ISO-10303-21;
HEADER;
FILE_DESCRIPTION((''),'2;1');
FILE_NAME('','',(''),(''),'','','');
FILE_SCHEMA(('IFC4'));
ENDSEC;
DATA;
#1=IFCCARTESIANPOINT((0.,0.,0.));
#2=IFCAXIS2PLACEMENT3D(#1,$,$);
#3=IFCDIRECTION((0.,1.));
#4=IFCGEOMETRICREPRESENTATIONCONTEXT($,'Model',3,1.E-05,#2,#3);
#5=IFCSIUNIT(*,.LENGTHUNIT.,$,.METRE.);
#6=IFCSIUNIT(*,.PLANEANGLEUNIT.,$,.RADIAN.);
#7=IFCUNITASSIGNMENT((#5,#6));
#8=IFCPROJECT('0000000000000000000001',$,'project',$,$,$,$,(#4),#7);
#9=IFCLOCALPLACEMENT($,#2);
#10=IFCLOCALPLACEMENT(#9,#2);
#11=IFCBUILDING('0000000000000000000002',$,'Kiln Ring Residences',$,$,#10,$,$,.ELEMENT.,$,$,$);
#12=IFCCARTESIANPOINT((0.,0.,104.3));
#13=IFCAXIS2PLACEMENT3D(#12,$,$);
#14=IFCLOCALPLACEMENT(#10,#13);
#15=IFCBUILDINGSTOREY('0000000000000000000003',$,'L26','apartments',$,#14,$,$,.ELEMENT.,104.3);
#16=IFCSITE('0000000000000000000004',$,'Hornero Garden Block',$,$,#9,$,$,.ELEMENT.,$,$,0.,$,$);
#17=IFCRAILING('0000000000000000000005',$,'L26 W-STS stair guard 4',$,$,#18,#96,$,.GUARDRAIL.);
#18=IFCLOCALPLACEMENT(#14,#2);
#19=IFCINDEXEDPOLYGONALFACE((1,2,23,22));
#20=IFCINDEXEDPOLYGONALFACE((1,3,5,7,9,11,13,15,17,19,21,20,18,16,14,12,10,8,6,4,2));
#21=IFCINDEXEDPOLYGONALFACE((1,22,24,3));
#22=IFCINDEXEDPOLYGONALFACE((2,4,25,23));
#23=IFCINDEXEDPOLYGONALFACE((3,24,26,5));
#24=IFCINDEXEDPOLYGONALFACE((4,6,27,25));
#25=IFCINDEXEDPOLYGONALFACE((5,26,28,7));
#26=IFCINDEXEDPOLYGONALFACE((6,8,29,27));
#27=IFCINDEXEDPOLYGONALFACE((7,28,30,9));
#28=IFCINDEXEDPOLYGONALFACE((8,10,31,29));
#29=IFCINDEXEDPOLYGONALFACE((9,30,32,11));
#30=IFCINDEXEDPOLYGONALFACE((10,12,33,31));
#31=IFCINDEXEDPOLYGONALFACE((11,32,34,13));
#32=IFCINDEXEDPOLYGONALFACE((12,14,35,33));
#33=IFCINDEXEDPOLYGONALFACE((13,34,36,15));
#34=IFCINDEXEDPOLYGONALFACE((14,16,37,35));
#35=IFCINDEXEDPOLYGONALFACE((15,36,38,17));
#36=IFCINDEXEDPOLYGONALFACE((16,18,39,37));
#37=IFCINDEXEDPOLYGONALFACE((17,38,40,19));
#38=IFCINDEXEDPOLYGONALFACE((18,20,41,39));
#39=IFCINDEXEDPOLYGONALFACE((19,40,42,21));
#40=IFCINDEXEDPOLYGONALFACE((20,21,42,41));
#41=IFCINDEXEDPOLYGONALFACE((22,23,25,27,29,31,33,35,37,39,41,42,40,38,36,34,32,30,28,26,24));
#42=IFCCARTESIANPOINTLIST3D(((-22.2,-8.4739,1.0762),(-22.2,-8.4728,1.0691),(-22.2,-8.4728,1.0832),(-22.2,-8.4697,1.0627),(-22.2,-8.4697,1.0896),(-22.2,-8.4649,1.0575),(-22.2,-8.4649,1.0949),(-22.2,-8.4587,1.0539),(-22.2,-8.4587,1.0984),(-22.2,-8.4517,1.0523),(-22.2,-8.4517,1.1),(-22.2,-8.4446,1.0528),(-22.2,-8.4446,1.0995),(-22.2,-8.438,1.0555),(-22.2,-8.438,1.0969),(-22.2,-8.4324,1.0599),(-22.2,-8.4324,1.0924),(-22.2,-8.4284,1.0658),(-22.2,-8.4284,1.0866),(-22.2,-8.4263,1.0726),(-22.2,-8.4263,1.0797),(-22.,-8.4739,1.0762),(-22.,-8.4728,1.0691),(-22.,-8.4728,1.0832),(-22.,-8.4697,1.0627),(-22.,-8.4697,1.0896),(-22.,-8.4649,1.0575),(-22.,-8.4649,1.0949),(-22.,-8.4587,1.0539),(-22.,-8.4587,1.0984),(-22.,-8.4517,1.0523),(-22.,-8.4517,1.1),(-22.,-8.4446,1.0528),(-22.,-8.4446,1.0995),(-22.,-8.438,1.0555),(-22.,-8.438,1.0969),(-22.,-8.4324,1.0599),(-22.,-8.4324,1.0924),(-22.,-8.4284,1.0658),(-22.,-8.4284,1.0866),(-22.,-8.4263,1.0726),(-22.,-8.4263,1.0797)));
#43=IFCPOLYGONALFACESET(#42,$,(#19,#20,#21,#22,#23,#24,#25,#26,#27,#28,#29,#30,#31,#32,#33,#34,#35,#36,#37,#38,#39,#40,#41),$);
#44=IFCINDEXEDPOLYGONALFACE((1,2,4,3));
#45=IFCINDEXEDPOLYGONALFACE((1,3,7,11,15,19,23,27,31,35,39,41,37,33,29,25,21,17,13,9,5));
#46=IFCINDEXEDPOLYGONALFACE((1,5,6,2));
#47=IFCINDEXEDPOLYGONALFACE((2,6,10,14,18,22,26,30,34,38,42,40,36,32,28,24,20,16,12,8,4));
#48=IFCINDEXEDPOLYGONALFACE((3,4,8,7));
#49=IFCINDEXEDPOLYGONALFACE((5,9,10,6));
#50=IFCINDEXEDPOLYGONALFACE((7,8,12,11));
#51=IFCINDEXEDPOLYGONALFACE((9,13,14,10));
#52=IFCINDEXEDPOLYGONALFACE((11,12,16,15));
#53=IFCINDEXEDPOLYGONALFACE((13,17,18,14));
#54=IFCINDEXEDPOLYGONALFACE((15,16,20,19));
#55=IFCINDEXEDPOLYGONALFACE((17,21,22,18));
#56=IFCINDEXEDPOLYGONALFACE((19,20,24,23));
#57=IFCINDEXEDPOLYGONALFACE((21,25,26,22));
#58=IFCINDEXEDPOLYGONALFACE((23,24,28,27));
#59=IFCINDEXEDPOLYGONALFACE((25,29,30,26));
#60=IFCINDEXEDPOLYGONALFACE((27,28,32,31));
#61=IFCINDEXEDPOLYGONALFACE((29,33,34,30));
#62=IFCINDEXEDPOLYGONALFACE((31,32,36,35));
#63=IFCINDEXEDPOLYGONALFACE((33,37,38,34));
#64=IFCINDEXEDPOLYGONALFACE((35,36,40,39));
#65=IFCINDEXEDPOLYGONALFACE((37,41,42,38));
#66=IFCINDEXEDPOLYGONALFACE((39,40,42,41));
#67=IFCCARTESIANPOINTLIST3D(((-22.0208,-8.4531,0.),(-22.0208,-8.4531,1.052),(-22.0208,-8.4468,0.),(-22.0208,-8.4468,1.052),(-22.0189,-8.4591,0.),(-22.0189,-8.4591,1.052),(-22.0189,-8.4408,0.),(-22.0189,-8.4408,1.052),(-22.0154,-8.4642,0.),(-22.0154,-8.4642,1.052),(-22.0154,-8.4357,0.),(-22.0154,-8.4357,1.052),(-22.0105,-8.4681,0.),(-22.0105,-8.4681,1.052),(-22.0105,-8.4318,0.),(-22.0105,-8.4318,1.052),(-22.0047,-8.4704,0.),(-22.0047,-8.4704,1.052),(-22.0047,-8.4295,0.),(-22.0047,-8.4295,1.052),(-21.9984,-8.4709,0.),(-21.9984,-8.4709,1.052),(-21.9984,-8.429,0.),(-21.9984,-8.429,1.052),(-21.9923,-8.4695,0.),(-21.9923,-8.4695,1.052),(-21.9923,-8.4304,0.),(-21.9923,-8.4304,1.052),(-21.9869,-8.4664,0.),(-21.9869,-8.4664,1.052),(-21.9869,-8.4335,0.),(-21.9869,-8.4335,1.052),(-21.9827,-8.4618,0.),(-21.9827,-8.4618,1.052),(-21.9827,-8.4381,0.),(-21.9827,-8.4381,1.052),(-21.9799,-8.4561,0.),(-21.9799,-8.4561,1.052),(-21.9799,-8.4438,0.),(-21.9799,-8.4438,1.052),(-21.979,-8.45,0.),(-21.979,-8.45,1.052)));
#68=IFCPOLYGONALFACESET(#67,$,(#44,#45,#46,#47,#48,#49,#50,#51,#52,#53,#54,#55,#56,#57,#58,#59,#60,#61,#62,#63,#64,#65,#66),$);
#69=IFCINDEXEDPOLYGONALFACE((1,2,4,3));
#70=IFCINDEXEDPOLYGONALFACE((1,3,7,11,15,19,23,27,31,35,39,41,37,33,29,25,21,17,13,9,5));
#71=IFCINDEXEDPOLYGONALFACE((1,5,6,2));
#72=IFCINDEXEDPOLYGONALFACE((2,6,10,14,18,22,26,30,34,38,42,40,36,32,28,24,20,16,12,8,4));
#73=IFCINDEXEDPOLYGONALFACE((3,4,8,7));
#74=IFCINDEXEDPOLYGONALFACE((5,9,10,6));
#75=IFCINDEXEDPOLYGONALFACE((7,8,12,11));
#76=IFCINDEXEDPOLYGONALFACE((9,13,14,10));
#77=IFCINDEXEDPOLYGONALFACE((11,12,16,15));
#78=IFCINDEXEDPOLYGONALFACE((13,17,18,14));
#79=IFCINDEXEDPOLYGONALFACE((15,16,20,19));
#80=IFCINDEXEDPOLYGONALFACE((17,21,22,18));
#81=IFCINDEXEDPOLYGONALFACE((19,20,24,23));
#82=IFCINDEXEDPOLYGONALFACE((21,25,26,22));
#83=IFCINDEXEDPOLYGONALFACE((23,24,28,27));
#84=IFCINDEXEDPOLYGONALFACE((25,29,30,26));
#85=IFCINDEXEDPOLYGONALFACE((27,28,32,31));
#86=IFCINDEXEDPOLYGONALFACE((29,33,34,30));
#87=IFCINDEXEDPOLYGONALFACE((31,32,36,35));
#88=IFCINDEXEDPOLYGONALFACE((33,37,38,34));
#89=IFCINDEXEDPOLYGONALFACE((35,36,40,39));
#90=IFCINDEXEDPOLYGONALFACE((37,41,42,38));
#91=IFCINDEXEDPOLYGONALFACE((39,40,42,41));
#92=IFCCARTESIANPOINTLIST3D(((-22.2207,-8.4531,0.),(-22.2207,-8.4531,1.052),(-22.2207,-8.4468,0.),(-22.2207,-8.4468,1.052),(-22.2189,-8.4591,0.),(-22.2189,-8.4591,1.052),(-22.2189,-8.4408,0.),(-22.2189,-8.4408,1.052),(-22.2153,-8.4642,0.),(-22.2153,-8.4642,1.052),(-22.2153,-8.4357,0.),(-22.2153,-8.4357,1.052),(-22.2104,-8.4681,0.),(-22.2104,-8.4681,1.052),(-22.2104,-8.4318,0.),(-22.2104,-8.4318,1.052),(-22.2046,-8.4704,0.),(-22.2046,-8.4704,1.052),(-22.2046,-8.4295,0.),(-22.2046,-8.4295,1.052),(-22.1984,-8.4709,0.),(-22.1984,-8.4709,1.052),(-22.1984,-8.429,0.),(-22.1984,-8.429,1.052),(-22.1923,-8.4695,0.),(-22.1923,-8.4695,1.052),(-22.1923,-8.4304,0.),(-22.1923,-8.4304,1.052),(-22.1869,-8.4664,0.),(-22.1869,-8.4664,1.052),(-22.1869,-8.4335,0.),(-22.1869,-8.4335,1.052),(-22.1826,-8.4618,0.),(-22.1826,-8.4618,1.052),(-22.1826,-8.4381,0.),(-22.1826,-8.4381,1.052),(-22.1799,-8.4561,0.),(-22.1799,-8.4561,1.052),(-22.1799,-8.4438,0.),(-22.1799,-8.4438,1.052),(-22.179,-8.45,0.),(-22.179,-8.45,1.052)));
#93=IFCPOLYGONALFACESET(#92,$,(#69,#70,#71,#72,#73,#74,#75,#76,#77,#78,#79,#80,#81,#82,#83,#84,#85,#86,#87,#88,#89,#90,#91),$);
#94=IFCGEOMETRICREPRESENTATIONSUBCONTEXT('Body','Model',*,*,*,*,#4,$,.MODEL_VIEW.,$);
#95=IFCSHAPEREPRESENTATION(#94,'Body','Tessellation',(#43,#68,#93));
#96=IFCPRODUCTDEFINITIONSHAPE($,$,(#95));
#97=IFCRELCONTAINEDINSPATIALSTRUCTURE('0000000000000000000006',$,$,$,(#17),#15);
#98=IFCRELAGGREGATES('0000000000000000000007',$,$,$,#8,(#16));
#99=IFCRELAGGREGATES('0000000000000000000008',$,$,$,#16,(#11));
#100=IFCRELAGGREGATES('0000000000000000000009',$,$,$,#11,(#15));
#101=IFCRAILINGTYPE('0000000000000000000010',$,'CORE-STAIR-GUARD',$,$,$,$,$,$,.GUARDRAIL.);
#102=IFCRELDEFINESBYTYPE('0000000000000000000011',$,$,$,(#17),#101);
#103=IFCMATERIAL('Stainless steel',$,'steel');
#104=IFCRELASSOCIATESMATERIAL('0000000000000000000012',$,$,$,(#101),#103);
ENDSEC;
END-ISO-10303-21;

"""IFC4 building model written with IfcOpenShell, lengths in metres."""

from ifc_helpers import new_model, si_unit, direction, frame, origin, origin_2d, place, context, subcontext, project, spatial, circle, extrude, material, type_object, element, save


model = new_model("IFC4")

# Units and contexts
model_context = context("Model", 3, precision=1e-05, world=origin(), true_north=direction((0.0, 1.0)))
body_context = subcontext(model_context, "Body", "Model", "MODEL_VIEW")
ifc_project = project(units=[si_unit("LENGTHUNIT", "METRE"), si_unit("PLANEANGLEUNIT", "RADIAN")], contexts=[model_context])

# Site, building, storey
site_placement = place(None, origin())
site = spatial("IfcSite", under=ifc_project, at=site_placement, Name="Hornero Garden Block", CompositionType="ELEMENT", RefElevation=0.0)
building_placement = place(site_placement, origin())
building = spatial("IfcBuilding", under=site, at=building_placement, Name="Kiln Ring Residences", CompositionType="ELEMENT")
storey_placement = place(building_placement, frame((0.0, 0.0, 104.3)))
storey = spatial("IfcBuildingStorey", under=building, at=storey_placement, Name="L26", Description="apartments", CompositionType="ELEMENT", Elevation=104.3)

# Railing
ifc_material_1 = material(Name="Stainless steel", Category="steel")
railing_type_1 = type_object("IfcRailingType", Name="CORE-STAIR-GUARD", PredefinedType="GUARDRAIL", material=ifc_material_1)
railing_1_placement = place(storey_placement, frame((-22.0, -8.45, 0.0)))
element("IfcRailing", 1, at=railing_1_placement, inside=storey, type_object=railing_type_1, Name="L26 W-STS stair guard 4", PredefinedType="GUARDRAIL", context=body_context, shape_type="SweptSolid", body=[
    extrude(circle(Radius=0.0239, at=origin_2d()), frame((0.0, 0.0, 1.0762), z_axis=(-1.0, 0.0, 0.0), x_axis=(0.0, -1.0, 0.0)), (0.0, 0.0, 1.0), 0.2),
    extrude(circle(Radius=0.021, at=origin_2d()), origin(), (0.0, 0.0, 1.0), 1.052),
    extrude(circle(Radius=0.021, at=origin_2d()), frame((-0.2, 0.0, 0.0)), (0.0, 0.0, 1.0), 1.052),
])

save(model, "model.ifc")
